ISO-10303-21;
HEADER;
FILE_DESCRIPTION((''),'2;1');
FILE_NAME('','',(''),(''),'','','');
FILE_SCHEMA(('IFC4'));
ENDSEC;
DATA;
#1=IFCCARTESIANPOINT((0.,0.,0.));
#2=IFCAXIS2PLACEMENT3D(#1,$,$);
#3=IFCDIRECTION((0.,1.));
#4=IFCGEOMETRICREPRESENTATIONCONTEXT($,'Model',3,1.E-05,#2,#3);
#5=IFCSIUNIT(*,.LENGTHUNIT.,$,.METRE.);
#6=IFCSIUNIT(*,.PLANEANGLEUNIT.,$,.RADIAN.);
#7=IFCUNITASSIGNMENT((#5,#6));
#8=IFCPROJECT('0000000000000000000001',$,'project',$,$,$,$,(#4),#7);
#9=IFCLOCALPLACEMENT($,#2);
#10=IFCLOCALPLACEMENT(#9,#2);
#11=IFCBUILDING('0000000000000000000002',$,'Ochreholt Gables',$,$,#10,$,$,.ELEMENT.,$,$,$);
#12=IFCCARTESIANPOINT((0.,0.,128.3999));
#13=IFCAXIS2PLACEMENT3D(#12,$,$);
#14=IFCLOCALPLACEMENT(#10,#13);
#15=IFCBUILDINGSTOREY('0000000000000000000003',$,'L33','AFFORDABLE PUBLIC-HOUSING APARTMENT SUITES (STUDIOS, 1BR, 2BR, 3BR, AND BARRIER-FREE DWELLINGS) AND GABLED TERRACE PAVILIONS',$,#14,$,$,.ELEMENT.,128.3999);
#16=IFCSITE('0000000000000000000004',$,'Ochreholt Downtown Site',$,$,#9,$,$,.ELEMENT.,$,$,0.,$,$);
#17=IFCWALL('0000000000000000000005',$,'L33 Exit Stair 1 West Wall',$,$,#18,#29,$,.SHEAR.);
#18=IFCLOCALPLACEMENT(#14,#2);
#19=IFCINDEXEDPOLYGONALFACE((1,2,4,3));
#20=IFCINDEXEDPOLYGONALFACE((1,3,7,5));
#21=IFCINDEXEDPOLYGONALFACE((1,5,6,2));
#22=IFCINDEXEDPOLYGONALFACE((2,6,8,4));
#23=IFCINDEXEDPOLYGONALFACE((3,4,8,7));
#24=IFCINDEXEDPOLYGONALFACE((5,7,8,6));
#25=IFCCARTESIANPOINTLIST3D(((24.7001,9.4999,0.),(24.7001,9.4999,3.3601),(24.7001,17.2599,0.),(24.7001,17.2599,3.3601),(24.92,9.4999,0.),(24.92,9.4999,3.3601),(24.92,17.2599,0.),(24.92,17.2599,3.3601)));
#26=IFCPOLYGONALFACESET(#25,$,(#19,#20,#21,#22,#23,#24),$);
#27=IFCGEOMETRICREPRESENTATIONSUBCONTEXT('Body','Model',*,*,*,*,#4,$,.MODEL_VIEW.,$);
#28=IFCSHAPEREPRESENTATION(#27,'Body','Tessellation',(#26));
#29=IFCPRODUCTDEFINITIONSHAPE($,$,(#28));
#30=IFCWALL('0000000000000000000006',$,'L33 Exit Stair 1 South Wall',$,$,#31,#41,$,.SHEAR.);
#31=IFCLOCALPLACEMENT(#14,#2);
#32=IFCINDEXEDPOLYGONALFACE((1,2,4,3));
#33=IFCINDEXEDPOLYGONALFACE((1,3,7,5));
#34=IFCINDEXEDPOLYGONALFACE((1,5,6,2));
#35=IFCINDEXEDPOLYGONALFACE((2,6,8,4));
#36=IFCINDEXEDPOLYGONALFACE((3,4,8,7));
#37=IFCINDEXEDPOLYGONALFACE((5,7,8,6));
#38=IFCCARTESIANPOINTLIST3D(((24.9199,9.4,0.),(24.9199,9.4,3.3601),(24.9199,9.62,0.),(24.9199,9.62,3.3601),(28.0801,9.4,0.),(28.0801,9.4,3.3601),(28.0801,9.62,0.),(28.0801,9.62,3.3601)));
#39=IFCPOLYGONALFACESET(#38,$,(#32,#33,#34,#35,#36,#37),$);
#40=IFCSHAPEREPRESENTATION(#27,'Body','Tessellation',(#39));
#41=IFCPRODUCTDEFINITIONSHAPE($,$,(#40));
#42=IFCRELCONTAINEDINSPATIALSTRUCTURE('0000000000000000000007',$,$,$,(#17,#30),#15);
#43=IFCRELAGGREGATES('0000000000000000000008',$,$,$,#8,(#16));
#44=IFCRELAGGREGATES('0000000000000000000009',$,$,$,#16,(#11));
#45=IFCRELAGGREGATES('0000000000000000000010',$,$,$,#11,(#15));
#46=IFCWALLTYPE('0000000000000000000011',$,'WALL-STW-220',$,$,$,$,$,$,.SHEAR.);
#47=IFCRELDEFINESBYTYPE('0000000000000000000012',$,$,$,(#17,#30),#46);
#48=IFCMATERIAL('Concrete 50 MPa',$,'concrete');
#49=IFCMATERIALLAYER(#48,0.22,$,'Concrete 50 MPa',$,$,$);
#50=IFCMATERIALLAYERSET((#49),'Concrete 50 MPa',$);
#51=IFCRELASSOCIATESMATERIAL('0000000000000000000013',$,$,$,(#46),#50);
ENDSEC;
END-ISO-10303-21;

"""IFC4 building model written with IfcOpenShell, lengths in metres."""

from ifc_helpers import new_model, si_unit, direction, frame, frame_2d, origin, place, context, subcontext, project, spatial, rectangle, extrude, material, layer, layer_set, type_object, element, save


model = new_model("IFC4")

# Units and contexts
model_context = context("Model", 3, precision=1e-05, world=origin(), true_north=direction((0.0, 1.0)))
body_context = subcontext(model_context, "Body", "Model", "MODEL_VIEW")
ifc_project = project(units=[si_unit("LENGTHUNIT", "METRE"), si_unit("PLANEANGLEUNIT", "RADIAN")], contexts=[model_context])

# Site, building, storey
site_placement = place(None, origin())
site = spatial("IfcSite", under=ifc_project, at=site_placement, Name="Ochreholt Downtown Site", CompositionType="ELEMENT", RefElevation=0.0)
building_placement = place(site_placement, origin())
building = spatial("IfcBuilding", under=site, at=building_placement, Name="Ochreholt Gables", CompositionType="ELEMENT")
storey_placement = place(building_placement, frame((0.0, 0.0, 128.3999)))
storey = spatial("IfcBuildingStorey", under=building, at=storey_placement, Name="L33", Description="AFFORDABLE PUBLIC-HOUSING APARTMENT SUITES (STUDIOS, 1BR, 2BR, 3BR, AND BARRIER-FREE DWELLINGS) AND GABLED TERRACE PAVILIONS", CompositionType="ELEMENT", Elevation=128.3999)

# Walls
ifc_material_1 = material(Name="Concrete 50 MPa", Category="concrete")
ifc_layer_1 = layer(ifc_material_1, 0.22, Name="Concrete 50 MPa")
ifc_layer_set_1 = layer_set([ifc_layer_1], Name="Concrete 50 MPa")
wall_type_1 = type_object("IfcWallType", Name="WALL-STW-220", PredefinedType="SHEAR", material=ifc_layer_set_1)
wall_1_placement = place(storey_placement, frame((24.8101, 9.5, 0.0), z_axis=(0.0, 0.0, 1.0), x_axis=(0.0, 1.0, 0.0)))
element("IfcWall", 1, at=wall_1_placement, inside=storey, type_object=wall_type_1, Name="L33 Exit Stair 1 West Wall", PredefinedType="SHEAR", context=body_context, shape_type="SweptSolid", body=[
    extrude(rectangle(XDim=7.76, YDim=0.22, at=frame_2d((3.8799, 0.0))), origin(), (0.0, 0.0, 1.0), 3.3601),
])
wall_2_placement = place(storey_placement, frame((24.9199, 9.51, 0.0), z_axis=(0.0, 0.0, 1.0), x_axis=(1.0, 0.0, 0.0)))
element("IfcWall", 2, at=wall_2_placement, inside=storey, type_object=wall_type_1, Name="L33 Exit Stair 1 South Wall", PredefinedType="SHEAR", context=body_context, shape_type="SweptSolid", body=[
    extrude(rectangle(XDim=3.1602, YDim=0.22, at=frame_2d((1.5801, 0.0))), origin(), (0.0, 0.0, 1.0), 3.3601),
])

save(model, "model.ifc")
